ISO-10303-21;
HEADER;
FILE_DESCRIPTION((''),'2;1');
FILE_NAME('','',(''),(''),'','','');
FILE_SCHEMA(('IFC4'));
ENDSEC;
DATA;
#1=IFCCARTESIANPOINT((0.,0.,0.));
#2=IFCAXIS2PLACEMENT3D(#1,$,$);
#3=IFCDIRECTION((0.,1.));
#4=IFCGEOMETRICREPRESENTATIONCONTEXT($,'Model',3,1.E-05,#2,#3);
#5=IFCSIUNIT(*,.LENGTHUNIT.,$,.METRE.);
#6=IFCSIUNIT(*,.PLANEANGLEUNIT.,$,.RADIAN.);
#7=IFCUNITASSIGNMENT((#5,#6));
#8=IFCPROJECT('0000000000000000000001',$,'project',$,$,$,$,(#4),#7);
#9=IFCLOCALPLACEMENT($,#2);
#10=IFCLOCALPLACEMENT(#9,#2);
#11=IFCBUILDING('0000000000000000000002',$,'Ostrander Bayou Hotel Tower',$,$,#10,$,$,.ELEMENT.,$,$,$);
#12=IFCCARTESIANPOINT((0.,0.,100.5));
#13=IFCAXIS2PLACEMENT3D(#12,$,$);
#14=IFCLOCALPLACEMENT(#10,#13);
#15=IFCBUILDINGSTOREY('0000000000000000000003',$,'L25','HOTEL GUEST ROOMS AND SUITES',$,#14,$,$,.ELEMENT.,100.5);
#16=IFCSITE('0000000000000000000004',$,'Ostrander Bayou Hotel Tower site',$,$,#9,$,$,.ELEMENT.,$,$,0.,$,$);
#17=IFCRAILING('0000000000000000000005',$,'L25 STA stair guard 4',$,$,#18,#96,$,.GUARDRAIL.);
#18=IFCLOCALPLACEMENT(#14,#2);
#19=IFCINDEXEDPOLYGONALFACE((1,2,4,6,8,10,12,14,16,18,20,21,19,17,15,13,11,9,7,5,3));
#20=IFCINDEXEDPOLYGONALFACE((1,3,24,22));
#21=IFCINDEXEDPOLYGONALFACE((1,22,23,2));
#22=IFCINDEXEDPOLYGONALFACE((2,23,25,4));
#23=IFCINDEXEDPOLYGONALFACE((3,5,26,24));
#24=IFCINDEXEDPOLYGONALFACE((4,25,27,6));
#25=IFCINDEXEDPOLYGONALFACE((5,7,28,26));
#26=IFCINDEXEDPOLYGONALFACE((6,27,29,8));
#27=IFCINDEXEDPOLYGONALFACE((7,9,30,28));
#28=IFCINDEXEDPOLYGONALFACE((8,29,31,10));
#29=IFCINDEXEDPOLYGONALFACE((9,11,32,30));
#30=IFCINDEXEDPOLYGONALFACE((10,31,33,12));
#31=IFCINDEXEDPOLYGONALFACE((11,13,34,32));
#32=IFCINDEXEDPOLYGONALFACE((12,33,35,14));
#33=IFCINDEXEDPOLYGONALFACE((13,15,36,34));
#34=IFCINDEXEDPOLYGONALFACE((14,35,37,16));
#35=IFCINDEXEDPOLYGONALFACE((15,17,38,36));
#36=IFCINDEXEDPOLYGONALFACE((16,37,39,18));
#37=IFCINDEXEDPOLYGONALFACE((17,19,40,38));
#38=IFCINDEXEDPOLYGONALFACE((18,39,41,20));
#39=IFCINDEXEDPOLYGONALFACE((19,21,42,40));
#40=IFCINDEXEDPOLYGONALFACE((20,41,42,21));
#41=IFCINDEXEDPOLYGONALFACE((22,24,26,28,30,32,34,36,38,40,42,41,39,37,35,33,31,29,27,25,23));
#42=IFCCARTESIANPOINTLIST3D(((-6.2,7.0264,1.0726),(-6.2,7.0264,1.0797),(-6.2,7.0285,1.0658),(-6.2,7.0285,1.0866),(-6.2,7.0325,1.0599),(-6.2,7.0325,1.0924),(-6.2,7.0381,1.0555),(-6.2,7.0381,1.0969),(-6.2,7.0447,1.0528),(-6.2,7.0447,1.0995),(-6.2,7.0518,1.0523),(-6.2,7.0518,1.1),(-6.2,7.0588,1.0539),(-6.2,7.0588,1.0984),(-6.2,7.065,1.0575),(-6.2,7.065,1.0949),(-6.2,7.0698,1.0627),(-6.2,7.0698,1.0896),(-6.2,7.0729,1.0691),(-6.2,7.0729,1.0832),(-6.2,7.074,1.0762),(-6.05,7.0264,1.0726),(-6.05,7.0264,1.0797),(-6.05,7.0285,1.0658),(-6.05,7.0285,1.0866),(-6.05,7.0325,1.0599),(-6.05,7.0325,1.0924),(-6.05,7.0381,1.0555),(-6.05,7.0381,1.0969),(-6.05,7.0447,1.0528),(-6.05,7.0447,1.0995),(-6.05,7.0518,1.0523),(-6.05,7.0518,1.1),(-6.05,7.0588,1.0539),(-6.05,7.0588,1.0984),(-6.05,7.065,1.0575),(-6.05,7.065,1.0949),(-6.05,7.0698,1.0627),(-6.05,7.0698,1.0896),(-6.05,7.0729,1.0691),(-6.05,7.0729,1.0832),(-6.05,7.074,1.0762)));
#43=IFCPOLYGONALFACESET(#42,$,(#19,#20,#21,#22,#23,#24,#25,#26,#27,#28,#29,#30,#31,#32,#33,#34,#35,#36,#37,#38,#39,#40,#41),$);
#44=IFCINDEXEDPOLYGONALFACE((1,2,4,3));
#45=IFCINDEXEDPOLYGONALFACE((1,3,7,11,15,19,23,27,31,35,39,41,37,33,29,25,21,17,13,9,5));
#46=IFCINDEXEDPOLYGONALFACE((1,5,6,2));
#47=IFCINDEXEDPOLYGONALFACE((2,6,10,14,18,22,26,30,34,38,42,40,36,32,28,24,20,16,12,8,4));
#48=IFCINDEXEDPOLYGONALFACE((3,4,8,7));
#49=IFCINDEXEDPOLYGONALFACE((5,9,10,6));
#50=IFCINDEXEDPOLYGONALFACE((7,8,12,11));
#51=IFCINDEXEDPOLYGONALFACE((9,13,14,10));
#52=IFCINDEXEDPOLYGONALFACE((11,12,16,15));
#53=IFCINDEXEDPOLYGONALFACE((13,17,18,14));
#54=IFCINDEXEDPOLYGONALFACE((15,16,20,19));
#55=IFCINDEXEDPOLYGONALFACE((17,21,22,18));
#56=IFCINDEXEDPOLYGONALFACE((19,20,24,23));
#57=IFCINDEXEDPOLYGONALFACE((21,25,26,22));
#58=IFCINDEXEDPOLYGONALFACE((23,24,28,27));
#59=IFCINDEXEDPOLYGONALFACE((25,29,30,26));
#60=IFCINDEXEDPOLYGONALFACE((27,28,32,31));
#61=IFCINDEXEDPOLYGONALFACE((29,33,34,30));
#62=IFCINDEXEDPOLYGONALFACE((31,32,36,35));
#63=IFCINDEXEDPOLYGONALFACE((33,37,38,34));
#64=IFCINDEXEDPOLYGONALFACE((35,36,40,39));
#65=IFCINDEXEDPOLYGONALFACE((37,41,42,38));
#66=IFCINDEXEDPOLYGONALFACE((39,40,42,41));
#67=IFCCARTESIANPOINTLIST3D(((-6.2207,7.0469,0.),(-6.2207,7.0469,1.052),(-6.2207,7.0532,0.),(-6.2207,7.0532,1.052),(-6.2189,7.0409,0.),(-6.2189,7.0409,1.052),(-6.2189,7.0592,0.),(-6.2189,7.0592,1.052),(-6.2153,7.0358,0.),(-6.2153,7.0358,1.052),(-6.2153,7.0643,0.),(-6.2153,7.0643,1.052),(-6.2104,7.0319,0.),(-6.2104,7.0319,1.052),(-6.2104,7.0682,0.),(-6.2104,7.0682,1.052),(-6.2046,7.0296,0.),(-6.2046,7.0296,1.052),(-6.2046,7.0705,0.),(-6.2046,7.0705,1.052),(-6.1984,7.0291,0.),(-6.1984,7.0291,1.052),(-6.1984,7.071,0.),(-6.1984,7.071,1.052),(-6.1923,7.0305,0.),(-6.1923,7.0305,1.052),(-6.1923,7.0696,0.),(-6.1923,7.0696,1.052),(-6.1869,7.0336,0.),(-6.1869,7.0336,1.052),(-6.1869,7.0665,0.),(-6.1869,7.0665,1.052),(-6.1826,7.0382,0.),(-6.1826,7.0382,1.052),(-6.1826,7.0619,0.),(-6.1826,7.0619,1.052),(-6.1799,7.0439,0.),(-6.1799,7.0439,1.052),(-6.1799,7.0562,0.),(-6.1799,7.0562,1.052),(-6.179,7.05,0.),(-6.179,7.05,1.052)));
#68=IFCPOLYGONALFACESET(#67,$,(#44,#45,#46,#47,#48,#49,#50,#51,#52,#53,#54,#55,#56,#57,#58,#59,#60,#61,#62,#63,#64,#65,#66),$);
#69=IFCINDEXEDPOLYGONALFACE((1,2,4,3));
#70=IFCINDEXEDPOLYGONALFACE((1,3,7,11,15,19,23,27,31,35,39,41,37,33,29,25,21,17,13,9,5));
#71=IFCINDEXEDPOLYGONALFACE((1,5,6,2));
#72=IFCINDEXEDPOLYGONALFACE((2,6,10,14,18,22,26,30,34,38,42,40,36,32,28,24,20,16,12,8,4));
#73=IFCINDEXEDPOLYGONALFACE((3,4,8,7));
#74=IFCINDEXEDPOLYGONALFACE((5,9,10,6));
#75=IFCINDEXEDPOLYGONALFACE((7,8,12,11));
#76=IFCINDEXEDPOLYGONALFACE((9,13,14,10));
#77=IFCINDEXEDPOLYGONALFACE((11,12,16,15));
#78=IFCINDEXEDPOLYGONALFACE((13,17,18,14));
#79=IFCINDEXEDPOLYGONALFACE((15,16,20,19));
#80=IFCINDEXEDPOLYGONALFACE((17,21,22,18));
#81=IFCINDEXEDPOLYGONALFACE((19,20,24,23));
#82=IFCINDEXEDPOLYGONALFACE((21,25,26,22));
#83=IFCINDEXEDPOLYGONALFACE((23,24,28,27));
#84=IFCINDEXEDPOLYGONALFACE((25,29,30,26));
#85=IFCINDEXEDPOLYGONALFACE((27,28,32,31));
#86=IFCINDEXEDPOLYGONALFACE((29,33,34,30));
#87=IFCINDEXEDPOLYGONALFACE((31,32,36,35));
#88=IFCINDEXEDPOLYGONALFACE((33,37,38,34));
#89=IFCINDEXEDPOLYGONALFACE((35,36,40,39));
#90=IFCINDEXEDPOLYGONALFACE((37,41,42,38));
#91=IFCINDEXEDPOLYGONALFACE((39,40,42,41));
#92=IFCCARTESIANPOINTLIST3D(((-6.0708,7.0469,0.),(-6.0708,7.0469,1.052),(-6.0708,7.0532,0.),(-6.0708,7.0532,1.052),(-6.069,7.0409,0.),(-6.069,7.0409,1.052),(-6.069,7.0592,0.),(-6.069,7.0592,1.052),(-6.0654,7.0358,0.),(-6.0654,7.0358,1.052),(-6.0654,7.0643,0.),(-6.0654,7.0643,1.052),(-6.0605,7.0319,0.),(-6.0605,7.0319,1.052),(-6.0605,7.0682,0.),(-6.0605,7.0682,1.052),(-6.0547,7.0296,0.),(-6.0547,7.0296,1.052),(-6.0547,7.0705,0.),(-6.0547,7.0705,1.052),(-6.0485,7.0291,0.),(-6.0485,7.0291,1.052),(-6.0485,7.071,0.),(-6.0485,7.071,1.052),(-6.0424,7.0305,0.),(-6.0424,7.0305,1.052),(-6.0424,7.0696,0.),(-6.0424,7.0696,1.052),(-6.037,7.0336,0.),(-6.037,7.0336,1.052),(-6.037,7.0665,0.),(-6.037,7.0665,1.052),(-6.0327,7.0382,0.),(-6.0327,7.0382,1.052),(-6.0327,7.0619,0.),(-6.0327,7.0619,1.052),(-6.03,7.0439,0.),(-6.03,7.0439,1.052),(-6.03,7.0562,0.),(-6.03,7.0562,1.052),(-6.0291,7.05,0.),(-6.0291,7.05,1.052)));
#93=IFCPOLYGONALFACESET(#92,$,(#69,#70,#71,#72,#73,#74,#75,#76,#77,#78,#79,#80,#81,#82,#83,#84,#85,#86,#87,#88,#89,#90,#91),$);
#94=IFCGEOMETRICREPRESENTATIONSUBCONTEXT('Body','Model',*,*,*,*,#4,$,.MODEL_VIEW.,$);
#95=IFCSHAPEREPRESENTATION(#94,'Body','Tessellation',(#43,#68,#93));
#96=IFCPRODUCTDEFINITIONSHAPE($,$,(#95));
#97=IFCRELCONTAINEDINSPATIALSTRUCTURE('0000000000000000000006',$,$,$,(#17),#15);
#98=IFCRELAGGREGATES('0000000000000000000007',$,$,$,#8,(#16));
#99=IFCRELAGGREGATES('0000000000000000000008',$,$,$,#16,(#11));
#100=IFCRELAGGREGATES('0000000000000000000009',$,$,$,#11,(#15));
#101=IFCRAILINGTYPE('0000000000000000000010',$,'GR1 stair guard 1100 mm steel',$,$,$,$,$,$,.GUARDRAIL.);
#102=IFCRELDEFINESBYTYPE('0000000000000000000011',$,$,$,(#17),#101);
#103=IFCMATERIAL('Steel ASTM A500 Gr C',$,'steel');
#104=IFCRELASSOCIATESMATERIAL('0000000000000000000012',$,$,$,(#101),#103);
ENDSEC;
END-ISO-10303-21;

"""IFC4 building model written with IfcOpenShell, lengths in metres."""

from ifc_helpers import new_model, si_unit, direction, frame, origin, origin_2d, place, context, subcontext, project, spatial, circle, extrude, material, type_object, element, save


model = new_model("IFC4")

# Units and contexts
model_context = context("Model", 3, precision=1e-05, world=origin(), true_north=direction((0.0, 1.0)))
body_context = subcontext(model_context, "Body", "Model", "MODEL_VIEW")
ifc_project = project(units=[si_unit("LENGTHUNIT", "METRE"), si_unit("PLANEANGLEUNIT", "RADIAN")], contexts=[model_context])

# Site, building, storey
site_placement = place(None, origin())
site = spatial("IfcSite", under=ifc_project, at=site_placement, Name="Ostrander Bayou Hotel Tower site", CompositionType="ELEMENT", RefElevation=0.0)
building_placement = place(site_placement, origin())
building = spatial("IfcBuilding", under=site, at=building_placement, Name="Ostrander Bayou Hotel Tower", CompositionType="ELEMENT")
storey_placement = place(building_placement, frame((0.0, 0.0, 100.5)))
storey = spatial("IfcBuildingStorey", under=building, at=storey_placement, Name="L25", Description="HOTEL GUEST ROOMS AND SUITES", CompositionType="ELEMENT", Elevation=100.5)

# Railing
ifc_material_1 = material(Name="Steel ASTM A500 Gr C", Category="steel")
railing_type_1 = type_object("IfcRailingType", Name="GR1 stair guard 1100 mm steel", PredefinedType="GUARDRAIL", material=ifc_material_1)
railing_1_placement = place(storey_placement, frame((-6.2, 7.05, 0.0)))
element("IfcRailing", 1, at=railing_1_placement, inside=storey, type_object=railing_type_1, Name="L25 STA stair guard 4", PredefinedType="GUARDRAIL", context=body_context, shape_type="SweptSolid", body=[
    extrude(circle(Radius=0.0239, at=origin_2d()), frame((0.0, 0.0, 1.0762), z_axis=(1.0, 0.0, 0.0), x_axis=(0.0, 1.0, 0.0)), (0.0, 0.0, 1.0), 0.1499),
    extrude(circle(Radius=0.021, at=origin_2d()), origin(), (0.0, 0.0, 1.0), 1.052),
    extrude(circle(Radius=0.021, at=origin_2d()), frame((0.1499, 0.0, 0.0)), (0.0, 0.0, 1.0), 1.052),
])

save(model, "model.ifc")
